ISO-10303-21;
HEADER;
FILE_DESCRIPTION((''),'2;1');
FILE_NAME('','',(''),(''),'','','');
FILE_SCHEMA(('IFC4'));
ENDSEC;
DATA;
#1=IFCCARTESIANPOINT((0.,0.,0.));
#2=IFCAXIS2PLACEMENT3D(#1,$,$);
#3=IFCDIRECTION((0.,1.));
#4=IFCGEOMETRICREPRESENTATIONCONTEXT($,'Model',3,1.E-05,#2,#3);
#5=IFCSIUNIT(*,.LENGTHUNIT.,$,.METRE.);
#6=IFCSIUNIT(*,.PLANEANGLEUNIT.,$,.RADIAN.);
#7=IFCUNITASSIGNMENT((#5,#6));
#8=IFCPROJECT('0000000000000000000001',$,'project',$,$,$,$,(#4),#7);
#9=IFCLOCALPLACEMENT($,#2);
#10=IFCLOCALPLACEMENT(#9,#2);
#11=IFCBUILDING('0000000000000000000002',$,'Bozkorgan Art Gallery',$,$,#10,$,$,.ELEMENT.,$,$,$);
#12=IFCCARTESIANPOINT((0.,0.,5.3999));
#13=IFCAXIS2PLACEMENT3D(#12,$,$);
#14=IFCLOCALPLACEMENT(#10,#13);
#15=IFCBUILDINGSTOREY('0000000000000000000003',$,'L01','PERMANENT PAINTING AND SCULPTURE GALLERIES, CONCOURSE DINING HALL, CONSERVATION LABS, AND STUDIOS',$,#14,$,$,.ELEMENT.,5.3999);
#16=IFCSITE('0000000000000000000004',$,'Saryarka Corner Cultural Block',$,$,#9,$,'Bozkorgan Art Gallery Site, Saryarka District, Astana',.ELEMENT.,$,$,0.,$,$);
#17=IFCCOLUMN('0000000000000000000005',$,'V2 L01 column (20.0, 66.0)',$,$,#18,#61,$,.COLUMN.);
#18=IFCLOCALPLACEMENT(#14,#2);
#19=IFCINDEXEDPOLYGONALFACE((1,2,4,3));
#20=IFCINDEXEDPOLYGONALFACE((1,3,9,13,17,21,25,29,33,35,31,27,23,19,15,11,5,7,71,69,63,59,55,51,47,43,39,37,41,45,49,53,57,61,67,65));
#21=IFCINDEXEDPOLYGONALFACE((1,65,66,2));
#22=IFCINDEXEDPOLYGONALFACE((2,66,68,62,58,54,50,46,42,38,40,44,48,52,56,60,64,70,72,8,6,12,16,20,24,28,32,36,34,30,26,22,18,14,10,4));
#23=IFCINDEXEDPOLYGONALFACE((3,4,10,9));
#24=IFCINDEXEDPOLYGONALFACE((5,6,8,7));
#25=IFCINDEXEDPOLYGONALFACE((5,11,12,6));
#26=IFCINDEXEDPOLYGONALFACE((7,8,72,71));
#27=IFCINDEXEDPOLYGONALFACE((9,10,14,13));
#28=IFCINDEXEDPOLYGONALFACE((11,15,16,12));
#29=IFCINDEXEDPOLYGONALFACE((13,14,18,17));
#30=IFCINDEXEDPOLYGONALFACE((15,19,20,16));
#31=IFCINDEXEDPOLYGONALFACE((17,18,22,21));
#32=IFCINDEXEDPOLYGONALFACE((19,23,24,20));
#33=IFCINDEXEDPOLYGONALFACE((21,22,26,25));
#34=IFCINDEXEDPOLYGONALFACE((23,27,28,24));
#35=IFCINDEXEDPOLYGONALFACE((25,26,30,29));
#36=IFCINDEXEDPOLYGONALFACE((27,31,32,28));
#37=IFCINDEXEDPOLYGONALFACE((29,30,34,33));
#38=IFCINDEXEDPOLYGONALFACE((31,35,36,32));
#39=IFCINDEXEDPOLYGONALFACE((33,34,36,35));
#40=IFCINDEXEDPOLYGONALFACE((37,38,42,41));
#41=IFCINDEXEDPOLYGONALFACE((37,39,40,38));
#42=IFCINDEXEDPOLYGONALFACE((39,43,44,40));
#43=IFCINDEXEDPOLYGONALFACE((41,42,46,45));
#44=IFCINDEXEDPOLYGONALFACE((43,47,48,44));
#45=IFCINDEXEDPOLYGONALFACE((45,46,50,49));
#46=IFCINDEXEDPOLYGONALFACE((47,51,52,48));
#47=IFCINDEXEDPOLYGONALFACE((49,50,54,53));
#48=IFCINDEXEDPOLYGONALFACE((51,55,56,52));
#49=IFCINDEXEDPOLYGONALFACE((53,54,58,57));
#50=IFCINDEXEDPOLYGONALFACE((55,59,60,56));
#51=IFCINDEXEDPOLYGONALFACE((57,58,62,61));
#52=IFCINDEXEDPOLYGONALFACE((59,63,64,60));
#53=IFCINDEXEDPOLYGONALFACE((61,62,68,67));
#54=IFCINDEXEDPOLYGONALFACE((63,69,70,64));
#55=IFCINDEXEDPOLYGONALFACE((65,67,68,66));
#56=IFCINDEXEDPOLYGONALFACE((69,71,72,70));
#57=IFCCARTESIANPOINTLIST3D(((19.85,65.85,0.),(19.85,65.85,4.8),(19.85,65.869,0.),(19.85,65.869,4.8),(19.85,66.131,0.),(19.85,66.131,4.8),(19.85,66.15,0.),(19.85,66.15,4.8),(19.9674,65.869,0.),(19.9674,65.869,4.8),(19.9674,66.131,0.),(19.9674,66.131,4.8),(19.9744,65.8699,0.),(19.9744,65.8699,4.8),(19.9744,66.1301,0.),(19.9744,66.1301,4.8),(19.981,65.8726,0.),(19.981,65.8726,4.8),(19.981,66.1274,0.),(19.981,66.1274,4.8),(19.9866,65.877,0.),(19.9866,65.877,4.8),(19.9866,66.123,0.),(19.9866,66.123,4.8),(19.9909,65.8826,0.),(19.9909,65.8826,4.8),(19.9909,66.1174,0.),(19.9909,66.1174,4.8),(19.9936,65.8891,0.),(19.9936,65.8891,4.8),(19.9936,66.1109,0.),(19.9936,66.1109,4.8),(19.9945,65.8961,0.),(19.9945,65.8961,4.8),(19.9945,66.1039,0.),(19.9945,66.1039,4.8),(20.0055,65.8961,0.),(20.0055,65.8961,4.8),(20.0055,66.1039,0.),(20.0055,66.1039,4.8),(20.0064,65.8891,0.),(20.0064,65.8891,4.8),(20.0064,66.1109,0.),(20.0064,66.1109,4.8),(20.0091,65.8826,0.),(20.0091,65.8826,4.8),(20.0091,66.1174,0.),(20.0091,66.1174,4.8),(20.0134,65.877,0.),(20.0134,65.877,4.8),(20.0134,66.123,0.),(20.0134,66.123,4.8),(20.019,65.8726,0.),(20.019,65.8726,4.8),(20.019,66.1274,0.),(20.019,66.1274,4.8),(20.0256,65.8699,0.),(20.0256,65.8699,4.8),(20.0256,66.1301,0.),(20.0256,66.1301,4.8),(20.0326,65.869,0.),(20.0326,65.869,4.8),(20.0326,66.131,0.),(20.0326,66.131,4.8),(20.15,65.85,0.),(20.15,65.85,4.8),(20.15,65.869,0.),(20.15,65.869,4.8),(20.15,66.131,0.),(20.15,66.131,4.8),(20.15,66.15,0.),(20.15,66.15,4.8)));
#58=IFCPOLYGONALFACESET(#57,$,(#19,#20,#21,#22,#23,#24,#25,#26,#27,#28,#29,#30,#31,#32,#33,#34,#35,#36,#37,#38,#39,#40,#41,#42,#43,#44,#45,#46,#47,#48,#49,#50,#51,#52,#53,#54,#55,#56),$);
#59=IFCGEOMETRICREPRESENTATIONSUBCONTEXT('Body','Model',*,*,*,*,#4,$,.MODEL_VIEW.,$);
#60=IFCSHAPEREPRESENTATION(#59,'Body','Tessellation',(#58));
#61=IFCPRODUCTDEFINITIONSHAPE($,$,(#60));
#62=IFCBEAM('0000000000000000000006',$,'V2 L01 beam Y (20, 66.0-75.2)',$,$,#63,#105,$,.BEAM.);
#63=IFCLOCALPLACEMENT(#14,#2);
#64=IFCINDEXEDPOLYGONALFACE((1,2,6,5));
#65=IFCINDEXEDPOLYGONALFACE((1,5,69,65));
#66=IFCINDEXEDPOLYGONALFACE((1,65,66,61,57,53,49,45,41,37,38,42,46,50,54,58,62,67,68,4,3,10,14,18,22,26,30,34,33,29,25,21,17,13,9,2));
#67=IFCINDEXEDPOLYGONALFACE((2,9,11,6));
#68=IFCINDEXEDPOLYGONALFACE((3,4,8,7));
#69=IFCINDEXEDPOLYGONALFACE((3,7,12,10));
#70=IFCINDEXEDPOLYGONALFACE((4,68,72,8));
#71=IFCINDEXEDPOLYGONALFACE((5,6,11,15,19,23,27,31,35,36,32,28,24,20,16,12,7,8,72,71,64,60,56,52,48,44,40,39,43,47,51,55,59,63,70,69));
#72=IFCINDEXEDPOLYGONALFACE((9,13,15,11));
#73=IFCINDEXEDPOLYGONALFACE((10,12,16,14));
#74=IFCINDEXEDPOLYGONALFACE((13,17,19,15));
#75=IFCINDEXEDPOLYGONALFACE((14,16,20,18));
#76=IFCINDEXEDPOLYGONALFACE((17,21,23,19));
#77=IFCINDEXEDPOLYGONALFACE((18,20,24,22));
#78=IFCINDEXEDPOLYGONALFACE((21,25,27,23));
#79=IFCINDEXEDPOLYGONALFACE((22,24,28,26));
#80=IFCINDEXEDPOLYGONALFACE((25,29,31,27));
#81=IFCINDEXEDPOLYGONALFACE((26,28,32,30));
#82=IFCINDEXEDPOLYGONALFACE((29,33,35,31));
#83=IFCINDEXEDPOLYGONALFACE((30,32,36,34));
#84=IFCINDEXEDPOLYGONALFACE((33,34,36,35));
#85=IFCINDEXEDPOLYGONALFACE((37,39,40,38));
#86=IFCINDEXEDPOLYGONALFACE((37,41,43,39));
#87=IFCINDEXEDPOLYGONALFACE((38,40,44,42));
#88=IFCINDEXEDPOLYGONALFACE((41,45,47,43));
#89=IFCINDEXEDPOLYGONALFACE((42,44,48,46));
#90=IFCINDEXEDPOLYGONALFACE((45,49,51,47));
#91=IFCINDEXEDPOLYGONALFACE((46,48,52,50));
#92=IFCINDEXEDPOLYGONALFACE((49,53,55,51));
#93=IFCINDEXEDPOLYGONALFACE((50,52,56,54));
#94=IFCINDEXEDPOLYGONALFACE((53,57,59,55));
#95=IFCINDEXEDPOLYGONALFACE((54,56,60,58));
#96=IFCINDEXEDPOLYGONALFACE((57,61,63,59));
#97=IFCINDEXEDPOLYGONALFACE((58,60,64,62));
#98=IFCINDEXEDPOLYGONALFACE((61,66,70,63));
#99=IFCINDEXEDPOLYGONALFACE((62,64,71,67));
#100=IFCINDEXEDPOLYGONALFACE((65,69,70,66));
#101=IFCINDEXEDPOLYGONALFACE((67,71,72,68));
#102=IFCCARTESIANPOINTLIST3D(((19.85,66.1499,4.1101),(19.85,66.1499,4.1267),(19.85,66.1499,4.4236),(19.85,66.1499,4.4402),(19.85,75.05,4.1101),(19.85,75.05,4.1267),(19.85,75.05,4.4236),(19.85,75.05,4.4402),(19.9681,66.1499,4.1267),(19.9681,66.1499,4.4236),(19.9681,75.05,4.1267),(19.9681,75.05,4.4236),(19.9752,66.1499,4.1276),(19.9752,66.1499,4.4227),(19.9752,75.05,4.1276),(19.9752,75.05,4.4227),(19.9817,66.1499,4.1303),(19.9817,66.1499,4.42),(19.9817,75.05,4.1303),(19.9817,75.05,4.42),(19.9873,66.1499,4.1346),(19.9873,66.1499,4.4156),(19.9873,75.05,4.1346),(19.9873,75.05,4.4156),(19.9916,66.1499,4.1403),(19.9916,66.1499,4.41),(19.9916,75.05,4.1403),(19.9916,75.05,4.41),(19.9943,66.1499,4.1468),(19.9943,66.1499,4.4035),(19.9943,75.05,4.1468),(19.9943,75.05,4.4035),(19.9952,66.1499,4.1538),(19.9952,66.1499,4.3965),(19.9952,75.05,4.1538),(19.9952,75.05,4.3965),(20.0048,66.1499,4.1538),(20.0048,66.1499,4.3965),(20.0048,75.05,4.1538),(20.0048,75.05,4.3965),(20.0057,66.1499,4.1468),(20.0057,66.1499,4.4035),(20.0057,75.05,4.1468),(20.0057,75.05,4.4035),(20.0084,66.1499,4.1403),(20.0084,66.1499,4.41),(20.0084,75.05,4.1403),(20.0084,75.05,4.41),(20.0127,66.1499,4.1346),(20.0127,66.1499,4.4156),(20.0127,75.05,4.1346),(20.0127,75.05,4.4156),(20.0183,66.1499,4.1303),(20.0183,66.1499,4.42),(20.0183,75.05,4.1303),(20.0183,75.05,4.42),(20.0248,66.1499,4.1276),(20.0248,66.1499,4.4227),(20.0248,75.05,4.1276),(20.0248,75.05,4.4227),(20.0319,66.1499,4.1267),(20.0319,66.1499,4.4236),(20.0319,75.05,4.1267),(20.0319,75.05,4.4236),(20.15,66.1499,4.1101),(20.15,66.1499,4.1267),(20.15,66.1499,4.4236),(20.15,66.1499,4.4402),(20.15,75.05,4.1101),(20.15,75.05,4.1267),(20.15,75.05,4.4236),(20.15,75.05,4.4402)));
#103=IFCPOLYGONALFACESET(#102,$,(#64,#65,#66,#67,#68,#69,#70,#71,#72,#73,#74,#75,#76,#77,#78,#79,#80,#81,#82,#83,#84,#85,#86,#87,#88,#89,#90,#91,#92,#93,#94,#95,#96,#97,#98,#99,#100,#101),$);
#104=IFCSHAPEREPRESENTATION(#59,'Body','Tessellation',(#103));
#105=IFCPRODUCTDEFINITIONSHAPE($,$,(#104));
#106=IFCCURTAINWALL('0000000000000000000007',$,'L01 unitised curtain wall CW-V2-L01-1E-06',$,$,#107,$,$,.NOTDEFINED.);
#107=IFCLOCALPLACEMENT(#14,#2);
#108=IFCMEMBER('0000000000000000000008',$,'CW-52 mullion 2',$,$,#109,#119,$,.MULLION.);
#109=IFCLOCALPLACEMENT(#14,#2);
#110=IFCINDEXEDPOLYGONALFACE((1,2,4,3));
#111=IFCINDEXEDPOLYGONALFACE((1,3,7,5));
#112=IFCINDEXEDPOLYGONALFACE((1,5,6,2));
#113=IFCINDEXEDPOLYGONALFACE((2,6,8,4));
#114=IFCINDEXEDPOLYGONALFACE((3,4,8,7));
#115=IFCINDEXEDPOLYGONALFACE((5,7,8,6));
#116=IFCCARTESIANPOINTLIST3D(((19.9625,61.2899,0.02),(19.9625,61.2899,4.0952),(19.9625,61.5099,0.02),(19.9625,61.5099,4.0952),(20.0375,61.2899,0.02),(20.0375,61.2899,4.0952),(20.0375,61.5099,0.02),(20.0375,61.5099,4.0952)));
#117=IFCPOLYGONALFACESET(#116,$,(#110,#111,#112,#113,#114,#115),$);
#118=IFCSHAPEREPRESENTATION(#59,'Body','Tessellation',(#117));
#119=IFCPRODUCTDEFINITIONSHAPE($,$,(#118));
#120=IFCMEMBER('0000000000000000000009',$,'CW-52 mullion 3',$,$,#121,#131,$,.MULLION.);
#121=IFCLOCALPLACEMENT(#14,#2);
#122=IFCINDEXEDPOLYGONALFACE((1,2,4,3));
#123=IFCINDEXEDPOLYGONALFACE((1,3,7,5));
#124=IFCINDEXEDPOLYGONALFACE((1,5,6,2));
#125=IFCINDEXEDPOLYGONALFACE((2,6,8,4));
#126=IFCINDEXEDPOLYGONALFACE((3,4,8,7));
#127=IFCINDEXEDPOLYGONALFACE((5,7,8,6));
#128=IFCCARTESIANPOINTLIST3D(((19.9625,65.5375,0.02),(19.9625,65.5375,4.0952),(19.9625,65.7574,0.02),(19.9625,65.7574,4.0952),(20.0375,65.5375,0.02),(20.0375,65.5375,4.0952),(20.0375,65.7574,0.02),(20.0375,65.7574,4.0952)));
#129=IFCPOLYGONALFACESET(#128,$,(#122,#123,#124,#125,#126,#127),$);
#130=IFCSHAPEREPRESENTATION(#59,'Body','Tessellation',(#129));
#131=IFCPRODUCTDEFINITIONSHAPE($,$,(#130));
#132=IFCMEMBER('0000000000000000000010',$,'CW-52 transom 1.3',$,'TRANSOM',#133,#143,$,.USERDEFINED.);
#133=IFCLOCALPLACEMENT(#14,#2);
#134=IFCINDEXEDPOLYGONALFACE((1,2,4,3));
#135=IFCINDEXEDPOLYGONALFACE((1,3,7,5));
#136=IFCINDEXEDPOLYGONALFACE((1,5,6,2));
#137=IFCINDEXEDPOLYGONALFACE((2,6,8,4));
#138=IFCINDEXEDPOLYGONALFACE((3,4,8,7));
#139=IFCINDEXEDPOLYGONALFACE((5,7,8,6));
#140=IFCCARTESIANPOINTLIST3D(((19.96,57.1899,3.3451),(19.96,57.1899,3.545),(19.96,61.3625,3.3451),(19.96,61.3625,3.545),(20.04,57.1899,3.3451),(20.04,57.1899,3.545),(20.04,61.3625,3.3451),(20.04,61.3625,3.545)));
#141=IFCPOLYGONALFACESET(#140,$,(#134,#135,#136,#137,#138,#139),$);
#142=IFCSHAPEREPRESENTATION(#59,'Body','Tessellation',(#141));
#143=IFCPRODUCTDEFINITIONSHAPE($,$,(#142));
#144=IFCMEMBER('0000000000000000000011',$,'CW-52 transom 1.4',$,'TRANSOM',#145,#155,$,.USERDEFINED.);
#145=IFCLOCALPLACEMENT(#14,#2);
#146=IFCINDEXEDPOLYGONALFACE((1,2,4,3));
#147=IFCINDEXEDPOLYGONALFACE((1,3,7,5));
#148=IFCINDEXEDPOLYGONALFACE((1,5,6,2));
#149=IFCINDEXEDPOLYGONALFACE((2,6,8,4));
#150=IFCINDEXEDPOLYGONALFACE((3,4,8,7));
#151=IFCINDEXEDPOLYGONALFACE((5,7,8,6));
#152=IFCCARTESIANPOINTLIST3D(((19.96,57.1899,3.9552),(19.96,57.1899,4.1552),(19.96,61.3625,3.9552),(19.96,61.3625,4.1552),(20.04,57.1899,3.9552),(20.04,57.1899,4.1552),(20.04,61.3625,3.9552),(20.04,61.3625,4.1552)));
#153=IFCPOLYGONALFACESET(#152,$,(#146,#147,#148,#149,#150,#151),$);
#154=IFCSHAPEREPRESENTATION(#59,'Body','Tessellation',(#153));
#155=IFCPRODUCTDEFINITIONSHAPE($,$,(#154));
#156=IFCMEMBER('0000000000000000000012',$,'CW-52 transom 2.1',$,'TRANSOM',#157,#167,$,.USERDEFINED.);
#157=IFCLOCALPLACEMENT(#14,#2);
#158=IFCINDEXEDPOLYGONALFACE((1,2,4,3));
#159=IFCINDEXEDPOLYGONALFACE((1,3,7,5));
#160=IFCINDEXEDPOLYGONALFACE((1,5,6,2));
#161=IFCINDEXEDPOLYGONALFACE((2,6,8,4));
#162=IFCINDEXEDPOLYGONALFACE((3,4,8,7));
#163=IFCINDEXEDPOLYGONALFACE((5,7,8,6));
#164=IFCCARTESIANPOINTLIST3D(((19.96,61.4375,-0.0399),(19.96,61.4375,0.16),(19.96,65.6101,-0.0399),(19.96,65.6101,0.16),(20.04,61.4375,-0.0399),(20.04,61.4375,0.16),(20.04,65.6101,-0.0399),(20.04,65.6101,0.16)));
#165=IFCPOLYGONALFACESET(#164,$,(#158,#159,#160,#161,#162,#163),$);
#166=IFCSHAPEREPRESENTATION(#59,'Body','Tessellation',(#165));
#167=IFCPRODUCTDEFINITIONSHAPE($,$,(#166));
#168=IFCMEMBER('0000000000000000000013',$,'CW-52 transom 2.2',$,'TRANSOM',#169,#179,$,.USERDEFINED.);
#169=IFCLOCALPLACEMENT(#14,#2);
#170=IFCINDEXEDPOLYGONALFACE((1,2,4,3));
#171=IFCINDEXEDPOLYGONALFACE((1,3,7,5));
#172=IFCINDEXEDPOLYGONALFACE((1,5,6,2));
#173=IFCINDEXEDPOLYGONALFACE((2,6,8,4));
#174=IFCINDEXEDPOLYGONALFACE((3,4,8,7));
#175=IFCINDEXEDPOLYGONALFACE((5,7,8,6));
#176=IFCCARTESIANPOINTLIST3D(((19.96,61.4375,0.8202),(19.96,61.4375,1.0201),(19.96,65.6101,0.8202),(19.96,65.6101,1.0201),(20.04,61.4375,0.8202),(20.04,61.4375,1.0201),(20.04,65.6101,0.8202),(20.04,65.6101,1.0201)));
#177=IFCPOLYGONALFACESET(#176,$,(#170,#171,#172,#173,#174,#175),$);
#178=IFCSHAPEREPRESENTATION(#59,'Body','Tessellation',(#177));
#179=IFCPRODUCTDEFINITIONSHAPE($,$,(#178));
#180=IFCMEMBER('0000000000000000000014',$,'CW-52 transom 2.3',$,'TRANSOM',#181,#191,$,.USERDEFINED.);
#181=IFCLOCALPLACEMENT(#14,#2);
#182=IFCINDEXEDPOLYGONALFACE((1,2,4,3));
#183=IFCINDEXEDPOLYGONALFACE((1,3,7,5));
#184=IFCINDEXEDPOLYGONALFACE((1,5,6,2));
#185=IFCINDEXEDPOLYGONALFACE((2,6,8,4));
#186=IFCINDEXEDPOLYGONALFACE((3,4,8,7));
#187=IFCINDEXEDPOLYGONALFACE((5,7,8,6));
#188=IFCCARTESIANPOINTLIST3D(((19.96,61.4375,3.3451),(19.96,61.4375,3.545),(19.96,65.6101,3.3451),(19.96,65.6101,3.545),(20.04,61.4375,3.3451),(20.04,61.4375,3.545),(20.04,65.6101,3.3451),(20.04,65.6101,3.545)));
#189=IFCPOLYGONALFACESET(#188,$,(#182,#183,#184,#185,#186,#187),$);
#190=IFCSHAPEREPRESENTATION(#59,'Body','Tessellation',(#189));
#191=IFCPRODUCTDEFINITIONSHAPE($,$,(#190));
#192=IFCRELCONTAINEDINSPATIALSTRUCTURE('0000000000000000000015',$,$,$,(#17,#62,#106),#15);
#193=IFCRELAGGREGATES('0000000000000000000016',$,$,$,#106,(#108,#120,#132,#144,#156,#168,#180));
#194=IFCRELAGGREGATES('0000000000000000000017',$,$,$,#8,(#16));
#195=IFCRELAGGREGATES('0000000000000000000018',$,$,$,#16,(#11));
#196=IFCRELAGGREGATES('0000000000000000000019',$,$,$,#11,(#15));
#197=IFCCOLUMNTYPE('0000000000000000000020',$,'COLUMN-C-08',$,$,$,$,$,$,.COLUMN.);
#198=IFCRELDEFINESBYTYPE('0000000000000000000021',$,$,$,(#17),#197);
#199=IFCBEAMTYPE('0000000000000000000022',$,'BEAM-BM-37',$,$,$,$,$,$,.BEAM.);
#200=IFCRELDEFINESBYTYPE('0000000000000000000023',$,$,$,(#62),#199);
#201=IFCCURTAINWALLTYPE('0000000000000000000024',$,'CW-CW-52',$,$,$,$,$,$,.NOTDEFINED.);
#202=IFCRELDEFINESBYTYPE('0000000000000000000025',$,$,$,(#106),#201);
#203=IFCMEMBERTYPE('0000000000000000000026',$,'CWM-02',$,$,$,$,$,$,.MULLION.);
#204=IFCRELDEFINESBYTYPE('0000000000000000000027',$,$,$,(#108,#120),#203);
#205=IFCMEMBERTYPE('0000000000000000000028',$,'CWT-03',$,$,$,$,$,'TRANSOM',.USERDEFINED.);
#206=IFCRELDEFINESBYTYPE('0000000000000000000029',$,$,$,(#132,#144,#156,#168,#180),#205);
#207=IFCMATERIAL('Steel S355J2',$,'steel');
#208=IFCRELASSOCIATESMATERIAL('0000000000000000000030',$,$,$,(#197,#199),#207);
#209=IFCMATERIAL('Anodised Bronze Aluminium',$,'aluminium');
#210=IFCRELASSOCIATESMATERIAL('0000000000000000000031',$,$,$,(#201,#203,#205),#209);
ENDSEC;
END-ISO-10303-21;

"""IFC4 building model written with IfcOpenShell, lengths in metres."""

from ifc_helpers import new_model, si_unit, direction, frame, origin, origin_2d, place, context, subcontext, project, spatial, rectangle, i_section, extrude, material, material_profile, profile_set, type_object, element, aggregate, save


model = new_model("IFC4")

# Units and contexts
model_context = context("Model", 3, precision=1e-05, world=origin(), true_north=direction((0.0, 1.0)))
body_context = subcontext(model_context, "Body", "Model", "MODEL_VIEW")
ifc_project = project(units=[si_unit("LENGTHUNIT", "METRE"), si_unit("PLANEANGLEUNIT", "RADIAN")], contexts=[model_context])

# Site, building, storey
site_placement = place(None, origin())
site = spatial("IfcSite", under=ifc_project, at=site_placement, Name="Saryarka Corner Cultural Block", LongName="Bozkorgan Art Gallery Site, Saryarka District, Astana", CompositionType="ELEMENT", RefElevation=0.0)
building_placement = place(site_placement, origin())
building = spatial("IfcBuilding", under=site, at=building_placement, Name="Bozkorgan Art Gallery", CompositionType="ELEMENT")
storey_placement = place(building_placement, frame((0.0, 0.0, 5.3999)))
storey = spatial("IfcBuildingStorey", under=building, at=storey_placement, Name="L01", Description="PERMANENT PAINTING AND SCULPTURE GALLERIES, CONCOURSE DINING HALL, CONSERVATION LABS, AND STUDIOS", CompositionType="ELEMENT", Elevation=5.3999)

# Column
ifc_material_1 = material(Name="Steel S355J2", Category="steel")
ifc_material_profile_1 = material_profile(ifc_material_1, i_section(OverallWidth=0.3, OverallDepth=0.3, WebThickness=0.011, FlangeThickness=0.019, FilletRadius=0.0271, at=origin_2d()), Name="HEB 300")
ifc_profile_set_1 = profile_set([ifc_material_profile_1], Name="Steel S355J2")
column_type = type_object("IfcColumnType", Name="COLUMN-C-08", PredefinedType="COLUMN", material=ifc_profile_set_1)
column_placement = place(storey_placement, frame((20.0, 66.0, 0.0), z_axis=(0.0, 0.0, 1.0), x_axis=(1.0, 0.0, 0.0)))
element("IfcColumn", 1, at=column_placement, inside=storey, type_object=column_type, Name="V2 L01 column (20.0, 66.0)", PredefinedType="COLUMN", context=body_context, shape_type="SweptSolid", body=[
    extrude(i_section(OverallWidth=0.3, OverallDepth=0.3, WebThickness=0.011, FlangeThickness=0.019, FilletRadius=0.0271, at=origin_2d()), origin(), (0.0, 0.0, 1.0), 4.8),
])

# Beam
ifc_material_profile_2 = material_profile(ifc_material_1, i_section(OverallWidth=0.3, OverallDepth=0.3301, WebThickness=0.0095, FlangeThickness=0.0166, FilletRadius=0.0271, at=origin_2d()), Name="HEA 340")
ifc_profile_set_2 = profile_set([ifc_material_profile_2], Name="Steel S355J2")
beam_type = type_object("IfcBeamType", Name="BEAM-BM-37", PredefinedType="BEAM", material=ifc_profile_set_2)
beam_placement = place(storey_placement, frame((20.0, 66.1499, 4.2751), z_axis=(0.0, 1.0, 0.0), x_axis=(-1.0, 0.0, 0.0)))
element("IfcBeam", 2, at=beam_placement, inside=storey, type_object=beam_type, Name="V2 L01 beam Y (20, 66.0-75.2)", PredefinedType="BEAM", context=body_context, shape_type="SweptSolid", body=[
    extrude(i_section(OverallWidth=0.3, OverallDepth=0.3301, WebThickness=0.0095, FlangeThickness=0.0166, FilletRadius=0.0271, at=origin_2d()), origin(), (0.0, 0.0, 1.0), 8.9001),
])

# Curtain wall, members
ifc_material_2 = material(Name="Anodised Bronze Aluminium", Category="aluminium")
curtain_wall_type = type_object("IfcCurtainWallType", Name="CW-CW-52", PredefinedType="NOTDEFINED", material=ifc_material_2)
curtain_wall_placement = place(storey_placement, origin())
curtain_wall = element("IfcCurtainWall", 3, at=curtain_wall_placement, inside=storey, type_object=curtain_wall_type, Name="L01 unitised curtain wall CW-V2-L01-1E-06", PredefinedType="NOTDEFINED")
ifc_material_profile_3 = material_profile(ifc_material_2, rectangle(XDim=0.075, YDim=0.22, at=origin_2d()), Name="ALU MULLION 75x220")
ifc_profile_set_3 = profile_set([ifc_material_profile_3], Name="Anodised Bronze Aluminium")
member_type_1 = type_object("IfcMemberType", Name="CWM-02", PredefinedType="MULLION", material=ifc_profile_set_3)
member_1_placement = place(storey_placement, frame((20.0, 61.3999, 0.02), z_axis=(0.0, 0.0, 1.0), x_axis=(-1.0, 0.0, 0.0)))
member_1 = element("IfcMember", 4, at=member_1_placement, type_object=member_type_1, Name="CW-52 mullion 2", PredefinedType="MULLION", context=body_context, shape_type="SweptSolid", body=[
    extrude(rectangle(XDim=0.075, YDim=0.22, at=origin_2d()), origin(), (0.0, 0.0, 1.0), 4.0752),
])
member_2_placement = place(storey_placement, frame((20.0, 65.6475, 0.02), z_axis=(0.0, 0.0, 1.0), x_axis=(-1.0, 0.0, 0.0)))
member_2 = element("IfcMember", 5, at=member_2_placement, type_object=member_type_1, Name="CW-52 mullion 3", PredefinedType="MULLION", context=body_context, shape_type="SweptSolid", body=[
    extrude(rectangle(XDim=0.075, YDim=0.22, at=origin_2d()), origin(), (0.0, 0.0, 1.0), 4.0752),
])
ifc_material_profile_4 = material_profile(ifc_material_2, rectangle(XDim=0.0801, YDim=0.2, at=origin_2d()), Name="ALU TRANSOM 80x200")
ifc_profile_set_4 = profile_set([ifc_material_profile_4], Name="Anodised Bronze Aluminium")
member_type_2 = type_object("IfcMemberType", Name="CWT-03", ElementType="TRANSOM", PredefinedType="USERDEFINED", material=ifc_profile_set_4)
member_3_placement = place(storey_placement, frame((20.0, 57.1899, 3.4451), z_axis=(0.0, 1.0, 0.0), x_axis=(-1.0, 0.0, 0.0)))
member_3 = element("IfcMember", 6, at=member_3_placement, type_object=member_type_2, Name="CW-52 transom 1.3", ObjectType="TRANSOM", PredefinedType="USERDEFINED", context=body_context, shape_type="SweptSolid", body=[
    extrude(rectangle(XDim=0.0801, YDim=0.2, at=origin_2d()), origin(), (0.0, 0.0, 1.0), 4.1726),
])
member_4_placement = place(storey_placement, frame((20.0, 57.1899, 4.0552), z_axis=(0.0, 1.0, 0.0), x_axis=(-1.0, 0.0, 0.0)))
member_4 = element("IfcMember", 7, at=member_4_placement, type_object=member_type_2, Name="CW-52 transom 1.4", ObjectType="TRANSOM", PredefinedType="USERDEFINED", context=body_context, shape_type="SweptSolid", body=[
    extrude(rectangle(XDim=0.0801, YDim=0.2, at=origin_2d()), origin(), (0.0, 0.0, 1.0), 4.1726),
])
member_5_placement = place(storey_placement, frame((20.0, 61.4375, 0.0601), z_axis=(0.0, 1.0, 0.0), x_axis=(-1.0, 0.0, 0.0)))
member_5 = element("IfcMember", 8, at=member_5_placement, type_object=member_type_2, Name="CW-52 transom 2.1", ObjectType="TRANSOM", PredefinedType="USERDEFINED", context=body_context, shape_type="SweptSolid", body=[
    extrude(rectangle(XDim=0.0801, YDim=0.2, at=origin_2d()), origin(), (0.0, 0.0, 1.0), 4.1726),
])
member_6_placement = place(storey_placement, frame((20.0, 61.4375, 0.9202), z_axis=(0.0, 1.0, 0.0), x_axis=(-1.0, 0.0, 0.0)))
member_6 = element("IfcMember", 9, at=member_6_placement, type_object=member_type_2, Name="CW-52 transom 2.2", ObjectType="TRANSOM", PredefinedType="USERDEFINED", context=body_context, shape_type="SweptSolid", body=[
    extrude(rectangle(XDim=0.0801, YDim=0.2, at=origin_2d()), origin(), (0.0, 0.0, 1.0), 4.1726),
])
member_7_placement = place(storey_placement, frame((20.0, 61.4375, 3.4451), z_axis=(0.0, 1.0, 0.0), x_axis=(-1.0, 0.0, 0.0)))
member_7 = element("IfcMember", 10, at=member_7_placement, type_object=member_type_2, Name="CW-52 transom 2.3", ObjectType="TRANSOM", PredefinedType="USERDEFINED", context=body_context, shape_type="SweptSolid", body=[
    extrude(rectangle(XDim=0.0801, YDim=0.2, at=origin_2d()), origin(), (0.0, 0.0, 1.0), 4.1726),
])
aggregate(curtain_wall, [member_1, member_2, member_3, member_4, member_5, member_6, member_7])

save(model, "model.ifc")
